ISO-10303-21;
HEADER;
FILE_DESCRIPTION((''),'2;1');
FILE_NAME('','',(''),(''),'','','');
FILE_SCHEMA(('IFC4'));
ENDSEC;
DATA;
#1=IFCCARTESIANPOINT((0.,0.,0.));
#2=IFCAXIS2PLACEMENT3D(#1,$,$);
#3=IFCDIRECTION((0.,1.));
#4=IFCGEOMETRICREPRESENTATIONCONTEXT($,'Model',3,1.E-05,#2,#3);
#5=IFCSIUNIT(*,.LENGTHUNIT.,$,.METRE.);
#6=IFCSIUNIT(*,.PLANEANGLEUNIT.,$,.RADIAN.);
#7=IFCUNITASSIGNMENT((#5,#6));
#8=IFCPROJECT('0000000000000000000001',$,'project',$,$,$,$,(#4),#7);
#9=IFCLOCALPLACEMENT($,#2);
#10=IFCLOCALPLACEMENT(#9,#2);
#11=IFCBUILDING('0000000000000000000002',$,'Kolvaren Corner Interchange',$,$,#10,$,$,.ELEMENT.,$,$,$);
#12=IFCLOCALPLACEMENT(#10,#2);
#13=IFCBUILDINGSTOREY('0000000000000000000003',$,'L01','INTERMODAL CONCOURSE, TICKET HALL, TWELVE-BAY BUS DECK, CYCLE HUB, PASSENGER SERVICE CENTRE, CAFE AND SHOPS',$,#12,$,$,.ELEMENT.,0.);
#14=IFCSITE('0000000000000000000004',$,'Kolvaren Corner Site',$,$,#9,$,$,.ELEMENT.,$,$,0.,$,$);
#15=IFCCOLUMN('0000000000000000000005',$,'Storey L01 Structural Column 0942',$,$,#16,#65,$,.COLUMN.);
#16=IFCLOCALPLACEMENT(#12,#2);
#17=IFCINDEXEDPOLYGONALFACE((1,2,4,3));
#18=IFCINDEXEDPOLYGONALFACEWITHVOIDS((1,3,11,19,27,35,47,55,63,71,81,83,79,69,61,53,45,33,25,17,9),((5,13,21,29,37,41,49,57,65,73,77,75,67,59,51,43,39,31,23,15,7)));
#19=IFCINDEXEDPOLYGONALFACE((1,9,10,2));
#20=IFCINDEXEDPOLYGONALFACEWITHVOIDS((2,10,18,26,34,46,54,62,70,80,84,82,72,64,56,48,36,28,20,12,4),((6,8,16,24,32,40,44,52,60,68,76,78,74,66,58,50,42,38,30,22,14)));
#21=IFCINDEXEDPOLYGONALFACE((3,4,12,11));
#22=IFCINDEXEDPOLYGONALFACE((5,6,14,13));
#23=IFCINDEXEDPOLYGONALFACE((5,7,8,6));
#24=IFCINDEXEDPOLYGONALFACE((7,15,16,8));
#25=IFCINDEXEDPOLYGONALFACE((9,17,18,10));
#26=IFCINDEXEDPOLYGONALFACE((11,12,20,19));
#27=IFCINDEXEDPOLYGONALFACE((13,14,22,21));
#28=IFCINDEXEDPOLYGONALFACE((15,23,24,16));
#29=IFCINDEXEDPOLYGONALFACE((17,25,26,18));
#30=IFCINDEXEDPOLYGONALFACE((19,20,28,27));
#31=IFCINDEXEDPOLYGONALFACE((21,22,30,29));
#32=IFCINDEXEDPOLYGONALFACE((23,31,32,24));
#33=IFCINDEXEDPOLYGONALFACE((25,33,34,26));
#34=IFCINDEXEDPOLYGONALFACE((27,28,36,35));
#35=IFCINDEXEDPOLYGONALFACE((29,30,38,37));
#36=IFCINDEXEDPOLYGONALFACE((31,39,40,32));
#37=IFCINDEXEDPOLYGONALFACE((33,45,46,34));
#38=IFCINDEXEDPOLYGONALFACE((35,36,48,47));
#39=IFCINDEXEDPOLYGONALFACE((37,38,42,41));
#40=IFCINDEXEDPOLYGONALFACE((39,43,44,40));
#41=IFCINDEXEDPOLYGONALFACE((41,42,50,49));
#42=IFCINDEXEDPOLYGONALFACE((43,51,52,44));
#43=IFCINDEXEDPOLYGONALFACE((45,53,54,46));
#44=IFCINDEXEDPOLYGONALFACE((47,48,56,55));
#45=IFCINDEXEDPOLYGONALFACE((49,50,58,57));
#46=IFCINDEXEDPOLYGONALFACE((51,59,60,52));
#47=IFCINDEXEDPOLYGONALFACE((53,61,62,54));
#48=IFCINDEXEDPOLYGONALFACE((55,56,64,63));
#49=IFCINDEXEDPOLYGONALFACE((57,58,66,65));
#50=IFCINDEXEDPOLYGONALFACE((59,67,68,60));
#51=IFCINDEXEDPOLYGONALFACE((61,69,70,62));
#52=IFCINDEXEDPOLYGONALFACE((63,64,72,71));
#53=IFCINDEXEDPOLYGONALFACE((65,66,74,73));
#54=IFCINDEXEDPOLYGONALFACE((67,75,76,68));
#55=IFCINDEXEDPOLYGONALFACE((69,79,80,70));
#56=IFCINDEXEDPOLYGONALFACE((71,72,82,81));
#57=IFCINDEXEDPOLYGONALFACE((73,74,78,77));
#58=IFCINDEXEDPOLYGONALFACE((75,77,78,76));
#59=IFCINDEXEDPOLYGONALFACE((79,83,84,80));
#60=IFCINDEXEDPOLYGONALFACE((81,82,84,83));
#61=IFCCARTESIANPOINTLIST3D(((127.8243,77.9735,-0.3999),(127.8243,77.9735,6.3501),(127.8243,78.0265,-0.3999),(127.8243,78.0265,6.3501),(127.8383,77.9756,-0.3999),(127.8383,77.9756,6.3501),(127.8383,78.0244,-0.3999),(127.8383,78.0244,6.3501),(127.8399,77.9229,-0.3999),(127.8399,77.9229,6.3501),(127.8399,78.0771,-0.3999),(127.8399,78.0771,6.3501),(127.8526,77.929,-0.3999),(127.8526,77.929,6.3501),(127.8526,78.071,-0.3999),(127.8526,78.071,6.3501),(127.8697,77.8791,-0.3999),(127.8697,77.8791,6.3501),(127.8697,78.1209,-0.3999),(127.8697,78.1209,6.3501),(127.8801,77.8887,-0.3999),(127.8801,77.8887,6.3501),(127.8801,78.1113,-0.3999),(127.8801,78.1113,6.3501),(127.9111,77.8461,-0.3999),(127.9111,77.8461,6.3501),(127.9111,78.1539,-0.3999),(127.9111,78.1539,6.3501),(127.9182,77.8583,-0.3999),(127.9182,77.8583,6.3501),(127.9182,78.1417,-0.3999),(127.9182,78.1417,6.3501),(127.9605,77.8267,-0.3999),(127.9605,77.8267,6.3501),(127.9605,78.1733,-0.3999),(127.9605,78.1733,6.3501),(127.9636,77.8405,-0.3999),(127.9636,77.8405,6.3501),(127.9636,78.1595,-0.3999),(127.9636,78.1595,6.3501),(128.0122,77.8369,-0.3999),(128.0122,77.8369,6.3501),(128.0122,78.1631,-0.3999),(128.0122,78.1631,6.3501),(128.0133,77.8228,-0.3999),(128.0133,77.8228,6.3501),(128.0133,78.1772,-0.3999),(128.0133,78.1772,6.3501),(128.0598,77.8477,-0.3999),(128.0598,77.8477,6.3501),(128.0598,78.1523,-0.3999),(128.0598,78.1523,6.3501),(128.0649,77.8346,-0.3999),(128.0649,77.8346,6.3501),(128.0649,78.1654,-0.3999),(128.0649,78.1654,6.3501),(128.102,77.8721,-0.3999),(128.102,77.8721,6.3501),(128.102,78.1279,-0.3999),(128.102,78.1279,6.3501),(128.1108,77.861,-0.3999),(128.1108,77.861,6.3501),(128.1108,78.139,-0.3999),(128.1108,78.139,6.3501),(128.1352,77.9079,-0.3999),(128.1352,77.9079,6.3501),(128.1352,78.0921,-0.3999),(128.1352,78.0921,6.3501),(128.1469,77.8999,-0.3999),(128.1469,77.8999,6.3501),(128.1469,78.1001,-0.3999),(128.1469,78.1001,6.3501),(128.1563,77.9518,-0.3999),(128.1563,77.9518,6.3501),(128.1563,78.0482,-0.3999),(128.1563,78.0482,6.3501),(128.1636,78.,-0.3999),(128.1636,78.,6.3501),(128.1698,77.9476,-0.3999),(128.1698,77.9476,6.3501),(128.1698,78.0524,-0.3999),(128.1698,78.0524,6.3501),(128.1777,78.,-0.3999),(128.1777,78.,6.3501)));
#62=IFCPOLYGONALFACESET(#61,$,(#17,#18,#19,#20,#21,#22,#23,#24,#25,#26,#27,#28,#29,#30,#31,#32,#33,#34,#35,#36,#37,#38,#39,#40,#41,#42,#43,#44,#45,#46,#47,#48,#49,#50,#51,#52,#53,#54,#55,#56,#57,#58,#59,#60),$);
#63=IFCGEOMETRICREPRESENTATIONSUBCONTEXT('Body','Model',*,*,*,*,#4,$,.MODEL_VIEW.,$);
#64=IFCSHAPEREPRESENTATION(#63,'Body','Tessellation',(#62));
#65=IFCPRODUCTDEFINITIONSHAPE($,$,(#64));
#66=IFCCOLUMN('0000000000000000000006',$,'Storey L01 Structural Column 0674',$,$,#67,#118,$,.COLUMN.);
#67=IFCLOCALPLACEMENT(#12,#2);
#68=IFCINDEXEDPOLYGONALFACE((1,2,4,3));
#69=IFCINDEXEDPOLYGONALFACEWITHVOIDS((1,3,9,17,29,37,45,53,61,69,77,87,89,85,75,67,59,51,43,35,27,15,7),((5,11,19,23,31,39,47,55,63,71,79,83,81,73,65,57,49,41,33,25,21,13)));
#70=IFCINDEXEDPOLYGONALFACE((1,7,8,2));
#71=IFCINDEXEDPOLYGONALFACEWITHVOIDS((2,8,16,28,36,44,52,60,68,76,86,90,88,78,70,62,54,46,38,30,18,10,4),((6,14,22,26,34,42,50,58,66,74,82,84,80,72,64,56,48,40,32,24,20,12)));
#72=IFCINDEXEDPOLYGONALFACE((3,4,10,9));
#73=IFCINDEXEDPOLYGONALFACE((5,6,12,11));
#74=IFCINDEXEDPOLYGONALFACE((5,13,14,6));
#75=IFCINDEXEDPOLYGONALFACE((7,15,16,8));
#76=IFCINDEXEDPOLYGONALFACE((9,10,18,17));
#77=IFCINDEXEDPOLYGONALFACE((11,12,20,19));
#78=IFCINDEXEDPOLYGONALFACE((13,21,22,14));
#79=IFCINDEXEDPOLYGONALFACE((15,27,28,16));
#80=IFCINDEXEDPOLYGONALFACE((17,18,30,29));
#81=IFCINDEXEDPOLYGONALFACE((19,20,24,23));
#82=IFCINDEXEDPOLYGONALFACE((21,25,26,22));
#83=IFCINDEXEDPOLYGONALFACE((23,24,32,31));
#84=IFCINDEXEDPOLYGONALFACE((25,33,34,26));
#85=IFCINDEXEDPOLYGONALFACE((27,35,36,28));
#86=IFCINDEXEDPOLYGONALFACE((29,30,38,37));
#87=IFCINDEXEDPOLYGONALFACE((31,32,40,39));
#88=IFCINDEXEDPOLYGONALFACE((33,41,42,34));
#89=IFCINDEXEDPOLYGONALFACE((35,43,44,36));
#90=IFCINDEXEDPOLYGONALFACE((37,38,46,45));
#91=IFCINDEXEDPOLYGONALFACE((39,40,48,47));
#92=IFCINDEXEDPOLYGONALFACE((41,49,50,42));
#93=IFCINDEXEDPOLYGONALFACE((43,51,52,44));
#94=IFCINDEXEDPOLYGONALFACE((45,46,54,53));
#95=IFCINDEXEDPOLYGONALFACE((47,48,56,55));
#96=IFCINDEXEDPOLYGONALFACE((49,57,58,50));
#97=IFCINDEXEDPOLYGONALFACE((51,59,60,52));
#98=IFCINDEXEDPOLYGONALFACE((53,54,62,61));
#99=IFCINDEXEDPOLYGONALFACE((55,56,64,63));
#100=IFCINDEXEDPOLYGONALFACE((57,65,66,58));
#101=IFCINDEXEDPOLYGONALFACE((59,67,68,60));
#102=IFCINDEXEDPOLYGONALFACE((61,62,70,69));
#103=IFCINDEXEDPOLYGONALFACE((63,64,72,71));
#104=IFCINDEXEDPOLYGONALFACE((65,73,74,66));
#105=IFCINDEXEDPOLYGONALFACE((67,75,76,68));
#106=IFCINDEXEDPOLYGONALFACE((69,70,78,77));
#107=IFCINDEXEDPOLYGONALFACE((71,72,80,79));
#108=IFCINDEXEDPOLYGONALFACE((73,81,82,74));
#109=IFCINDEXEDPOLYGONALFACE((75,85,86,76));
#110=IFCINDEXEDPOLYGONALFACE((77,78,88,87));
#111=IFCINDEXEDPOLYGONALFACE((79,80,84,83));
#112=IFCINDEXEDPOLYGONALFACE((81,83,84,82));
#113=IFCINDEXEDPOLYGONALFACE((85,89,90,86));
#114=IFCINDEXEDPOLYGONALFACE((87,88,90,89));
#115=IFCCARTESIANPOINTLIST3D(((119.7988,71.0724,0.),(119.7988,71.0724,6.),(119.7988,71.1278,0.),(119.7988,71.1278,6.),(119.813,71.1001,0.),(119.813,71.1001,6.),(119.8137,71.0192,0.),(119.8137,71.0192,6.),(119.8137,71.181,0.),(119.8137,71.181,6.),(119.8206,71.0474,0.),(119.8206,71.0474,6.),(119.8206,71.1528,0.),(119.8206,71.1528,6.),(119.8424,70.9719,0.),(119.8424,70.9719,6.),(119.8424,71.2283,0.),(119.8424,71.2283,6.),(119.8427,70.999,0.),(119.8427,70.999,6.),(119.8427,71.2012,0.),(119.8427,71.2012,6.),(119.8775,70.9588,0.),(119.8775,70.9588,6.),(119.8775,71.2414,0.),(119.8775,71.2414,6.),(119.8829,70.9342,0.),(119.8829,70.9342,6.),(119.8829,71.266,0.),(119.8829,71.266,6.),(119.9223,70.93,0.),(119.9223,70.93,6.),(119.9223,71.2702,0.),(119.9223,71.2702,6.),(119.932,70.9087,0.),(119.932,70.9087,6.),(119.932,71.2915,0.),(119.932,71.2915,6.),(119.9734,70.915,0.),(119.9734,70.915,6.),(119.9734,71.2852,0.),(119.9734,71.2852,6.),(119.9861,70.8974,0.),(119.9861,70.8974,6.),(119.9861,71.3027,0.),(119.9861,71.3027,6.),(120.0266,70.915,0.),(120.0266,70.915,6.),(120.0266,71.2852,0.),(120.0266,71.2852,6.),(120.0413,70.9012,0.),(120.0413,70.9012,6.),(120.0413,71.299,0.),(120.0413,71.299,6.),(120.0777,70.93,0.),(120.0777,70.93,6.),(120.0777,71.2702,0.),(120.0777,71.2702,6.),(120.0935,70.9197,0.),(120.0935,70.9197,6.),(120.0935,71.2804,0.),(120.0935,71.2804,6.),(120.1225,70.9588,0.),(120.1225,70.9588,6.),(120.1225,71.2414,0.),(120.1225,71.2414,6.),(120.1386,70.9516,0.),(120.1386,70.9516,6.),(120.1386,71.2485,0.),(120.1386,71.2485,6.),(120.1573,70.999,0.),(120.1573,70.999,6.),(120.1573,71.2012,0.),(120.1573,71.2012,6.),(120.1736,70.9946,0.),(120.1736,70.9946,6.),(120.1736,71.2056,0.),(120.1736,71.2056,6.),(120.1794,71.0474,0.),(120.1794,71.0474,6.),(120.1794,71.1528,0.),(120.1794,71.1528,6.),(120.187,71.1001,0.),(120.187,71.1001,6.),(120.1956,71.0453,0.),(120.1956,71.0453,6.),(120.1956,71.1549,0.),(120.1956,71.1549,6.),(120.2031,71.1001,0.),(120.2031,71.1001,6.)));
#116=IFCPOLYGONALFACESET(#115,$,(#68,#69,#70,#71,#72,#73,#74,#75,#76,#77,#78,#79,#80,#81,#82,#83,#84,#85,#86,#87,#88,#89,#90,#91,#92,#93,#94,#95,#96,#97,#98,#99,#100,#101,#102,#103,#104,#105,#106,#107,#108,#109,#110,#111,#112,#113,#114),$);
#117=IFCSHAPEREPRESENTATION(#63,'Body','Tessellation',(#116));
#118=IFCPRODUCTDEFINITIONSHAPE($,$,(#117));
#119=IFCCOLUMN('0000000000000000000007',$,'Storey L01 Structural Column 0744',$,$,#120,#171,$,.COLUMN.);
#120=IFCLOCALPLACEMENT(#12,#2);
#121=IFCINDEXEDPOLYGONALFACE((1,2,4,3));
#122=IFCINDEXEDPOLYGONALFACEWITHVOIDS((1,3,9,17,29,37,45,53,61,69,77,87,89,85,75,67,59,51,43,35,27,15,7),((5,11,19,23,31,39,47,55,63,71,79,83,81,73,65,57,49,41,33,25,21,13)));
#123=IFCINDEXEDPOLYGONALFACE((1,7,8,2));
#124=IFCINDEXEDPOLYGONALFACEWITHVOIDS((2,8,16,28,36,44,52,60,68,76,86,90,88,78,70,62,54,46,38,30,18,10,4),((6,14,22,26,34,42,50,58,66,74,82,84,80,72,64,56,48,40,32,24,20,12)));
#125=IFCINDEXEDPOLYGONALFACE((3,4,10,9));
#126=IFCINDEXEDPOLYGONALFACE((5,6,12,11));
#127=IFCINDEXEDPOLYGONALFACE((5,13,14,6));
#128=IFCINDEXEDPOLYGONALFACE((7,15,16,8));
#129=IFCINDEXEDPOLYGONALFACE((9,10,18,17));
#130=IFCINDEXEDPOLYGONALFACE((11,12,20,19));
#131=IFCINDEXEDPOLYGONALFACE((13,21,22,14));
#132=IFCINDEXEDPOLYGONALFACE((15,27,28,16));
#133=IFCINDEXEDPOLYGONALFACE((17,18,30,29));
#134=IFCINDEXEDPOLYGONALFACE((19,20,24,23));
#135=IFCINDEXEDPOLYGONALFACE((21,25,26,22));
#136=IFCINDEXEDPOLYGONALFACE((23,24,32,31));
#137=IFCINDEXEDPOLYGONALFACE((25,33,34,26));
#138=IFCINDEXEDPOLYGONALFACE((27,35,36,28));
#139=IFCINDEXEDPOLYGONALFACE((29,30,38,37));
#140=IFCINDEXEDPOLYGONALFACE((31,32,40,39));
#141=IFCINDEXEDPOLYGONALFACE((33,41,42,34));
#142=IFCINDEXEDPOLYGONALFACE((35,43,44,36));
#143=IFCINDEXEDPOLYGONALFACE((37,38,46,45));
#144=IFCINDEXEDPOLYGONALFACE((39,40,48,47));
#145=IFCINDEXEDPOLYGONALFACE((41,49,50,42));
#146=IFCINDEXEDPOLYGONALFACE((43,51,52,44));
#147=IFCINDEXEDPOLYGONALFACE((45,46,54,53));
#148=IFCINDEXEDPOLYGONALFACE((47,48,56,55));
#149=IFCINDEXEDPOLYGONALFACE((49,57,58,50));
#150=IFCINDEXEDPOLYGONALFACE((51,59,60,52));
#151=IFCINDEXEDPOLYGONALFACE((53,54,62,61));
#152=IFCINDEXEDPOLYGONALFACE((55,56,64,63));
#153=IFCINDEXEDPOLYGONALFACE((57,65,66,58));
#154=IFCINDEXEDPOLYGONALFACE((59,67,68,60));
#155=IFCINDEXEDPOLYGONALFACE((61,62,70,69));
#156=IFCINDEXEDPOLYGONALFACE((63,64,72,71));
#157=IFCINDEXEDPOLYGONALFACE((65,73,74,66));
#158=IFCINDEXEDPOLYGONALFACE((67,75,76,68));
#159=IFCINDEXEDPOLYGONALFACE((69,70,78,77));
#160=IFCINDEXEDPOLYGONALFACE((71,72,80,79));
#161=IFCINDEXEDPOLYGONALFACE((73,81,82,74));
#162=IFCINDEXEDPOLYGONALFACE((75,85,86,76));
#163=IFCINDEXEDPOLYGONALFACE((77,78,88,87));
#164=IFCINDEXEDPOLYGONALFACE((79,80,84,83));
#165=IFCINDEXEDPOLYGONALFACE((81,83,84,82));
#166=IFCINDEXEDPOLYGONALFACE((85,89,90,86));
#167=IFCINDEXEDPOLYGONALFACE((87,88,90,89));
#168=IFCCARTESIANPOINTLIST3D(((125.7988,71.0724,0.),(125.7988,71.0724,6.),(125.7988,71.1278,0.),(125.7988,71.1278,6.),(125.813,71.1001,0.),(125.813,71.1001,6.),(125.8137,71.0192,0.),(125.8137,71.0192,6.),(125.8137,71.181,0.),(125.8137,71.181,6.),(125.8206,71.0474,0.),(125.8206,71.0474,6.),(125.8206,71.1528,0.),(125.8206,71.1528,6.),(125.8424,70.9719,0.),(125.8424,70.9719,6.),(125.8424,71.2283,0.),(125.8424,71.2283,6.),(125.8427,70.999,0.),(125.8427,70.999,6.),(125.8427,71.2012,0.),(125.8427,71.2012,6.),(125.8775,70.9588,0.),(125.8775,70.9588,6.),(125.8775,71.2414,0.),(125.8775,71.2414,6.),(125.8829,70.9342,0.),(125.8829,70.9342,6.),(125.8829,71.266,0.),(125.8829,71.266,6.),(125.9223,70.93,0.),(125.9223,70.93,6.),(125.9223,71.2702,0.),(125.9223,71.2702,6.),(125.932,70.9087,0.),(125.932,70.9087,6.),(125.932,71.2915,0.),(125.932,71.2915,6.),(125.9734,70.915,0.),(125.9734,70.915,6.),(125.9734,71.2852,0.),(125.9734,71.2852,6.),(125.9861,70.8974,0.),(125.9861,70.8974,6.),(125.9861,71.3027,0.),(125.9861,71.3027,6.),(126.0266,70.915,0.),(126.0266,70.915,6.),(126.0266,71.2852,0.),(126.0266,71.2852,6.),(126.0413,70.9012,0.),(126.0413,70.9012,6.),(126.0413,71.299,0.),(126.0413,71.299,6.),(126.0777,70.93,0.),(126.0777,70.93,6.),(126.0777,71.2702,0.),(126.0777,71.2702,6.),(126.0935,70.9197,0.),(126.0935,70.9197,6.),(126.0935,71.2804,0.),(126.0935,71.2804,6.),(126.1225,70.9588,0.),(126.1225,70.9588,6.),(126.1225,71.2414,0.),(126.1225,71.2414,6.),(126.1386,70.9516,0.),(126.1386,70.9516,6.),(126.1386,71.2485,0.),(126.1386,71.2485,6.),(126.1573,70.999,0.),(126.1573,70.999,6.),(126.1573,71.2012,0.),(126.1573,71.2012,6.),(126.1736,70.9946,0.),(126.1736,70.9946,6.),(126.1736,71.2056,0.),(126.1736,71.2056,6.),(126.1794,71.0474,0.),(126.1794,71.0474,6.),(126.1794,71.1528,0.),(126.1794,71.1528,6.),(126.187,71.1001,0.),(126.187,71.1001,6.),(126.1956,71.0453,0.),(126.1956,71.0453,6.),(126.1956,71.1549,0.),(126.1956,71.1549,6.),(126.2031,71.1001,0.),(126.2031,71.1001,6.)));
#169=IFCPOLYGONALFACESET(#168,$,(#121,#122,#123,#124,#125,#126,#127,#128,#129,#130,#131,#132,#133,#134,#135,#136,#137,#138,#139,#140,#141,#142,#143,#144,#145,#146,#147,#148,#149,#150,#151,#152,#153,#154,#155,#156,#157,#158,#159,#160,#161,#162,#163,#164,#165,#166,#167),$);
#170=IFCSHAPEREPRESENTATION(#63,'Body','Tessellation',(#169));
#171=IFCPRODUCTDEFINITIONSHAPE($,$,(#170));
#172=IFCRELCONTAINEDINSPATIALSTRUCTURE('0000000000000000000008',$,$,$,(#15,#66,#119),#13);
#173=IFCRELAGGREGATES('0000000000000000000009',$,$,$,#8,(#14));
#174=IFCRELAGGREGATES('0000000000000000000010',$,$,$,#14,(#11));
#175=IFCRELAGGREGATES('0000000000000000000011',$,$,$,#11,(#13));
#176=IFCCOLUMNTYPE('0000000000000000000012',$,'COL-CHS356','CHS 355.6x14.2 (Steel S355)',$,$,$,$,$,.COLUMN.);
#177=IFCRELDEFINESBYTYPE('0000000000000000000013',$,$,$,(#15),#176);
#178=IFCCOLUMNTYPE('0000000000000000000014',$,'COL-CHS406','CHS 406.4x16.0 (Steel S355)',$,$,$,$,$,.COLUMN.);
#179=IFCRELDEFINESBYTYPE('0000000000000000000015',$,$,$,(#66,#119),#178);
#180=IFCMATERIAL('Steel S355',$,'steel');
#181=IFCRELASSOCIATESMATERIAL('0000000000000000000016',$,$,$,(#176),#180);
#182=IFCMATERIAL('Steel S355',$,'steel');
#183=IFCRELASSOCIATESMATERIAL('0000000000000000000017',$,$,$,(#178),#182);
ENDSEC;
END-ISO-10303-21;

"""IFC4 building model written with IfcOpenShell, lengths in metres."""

from ifc_helpers import new_model, si_unit, direction, frame, origin, origin_2d, place, context, subcontext, project, spatial, hollow_circle, extrude, material, material_profile, profile_set, type_object, element, save


model = new_model("IFC4")

# Units and contexts
model_context = context("Model", 3, precision=1e-05, world=origin(), true_north=direction((0.0, 1.0)))
body_context = subcontext(model_context, "Body", "Model", "MODEL_VIEW")
ifc_project = project(units=[si_unit("LENGTHUNIT", "METRE"), si_unit("PLANEANGLEUNIT", "RADIAN")], contexts=[model_context])

# Site, building, storey
site_placement = place(None, origin())
site = spatial("IfcSite", under=ifc_project, at=site_placement, Name="Kolvaren Corner Site", CompositionType="ELEMENT", RefElevation=0.0)
building_placement = place(site_placement, origin())
building = spatial("IfcBuilding", under=site, at=building_placement, Name="Kolvaren Corner Interchange", CompositionType="ELEMENT")
storey_placement = place(building_placement, origin())
storey = spatial("IfcBuildingStorey", under=building, at=storey_placement, Name="L01", Description="INTERMODAL CONCOURSE, TICKET HALL, TWELVE-BAY BUS DECK, CYCLE HUB, PASSENGER SERVICE CENTRE, CAFE AND SHOPS", CompositionType="ELEMENT", Elevation=0.0)

# Columns
ifc_material_1 = material(Name="Steel S355", Category="steel")
ifc_material_profile_1 = material_profile(ifc_material_1, hollow_circle(Radius=0.1777, WallThickness=0.0142, at=origin_2d()), Name="CHS 355.6x14.2")
ifc_profile_set_1 = profile_set([ifc_material_profile_1], Name="Steel S355")
column_type_1 = type_object("IfcColumnType", Name="COL-CHS356", Description="CHS 355.6x14.2 (Steel S355)", PredefinedType="COLUMN", material=ifc_profile_set_1)
column_placement = place(storey_placement, frame((128.0, 78.0, -0.3999), z_axis=(0.0, 0.0, 1.0), x_axis=(1.0, 0.0, 0.0)))
element("IfcColumn", 1, at=column_placement, inside=storey, type_object=column_type_1, Name="Storey L01 Structural Column 0942", PredefinedType="COLUMN", context=body_context, shape_type="SweptSolid", body=[
    extrude(hollow_circle(Radius=0.1777, WallThickness=0.0142, at=origin_2d()), origin(), (0.0, 0.0, 1.0), 6.75),
])
ifc_material_2 = material(Name="Steel S355", Category="steel")
ifc_material_profile_2 = material_profile(ifc_material_2, hollow_circle(Radius=0.2031, WallThickness=0.0161, at=origin_2d()), Name="CHS 406.4x16.0")
ifc_profile_set_2 = profile_set([ifc_material_profile_2], Name="Steel S355")
column_type_2 = type_object("IfcColumnType", Name="COL-CHS406", Description="CHS 406.4x16.0 (Steel S355)", PredefinedType="COLUMN", material=ifc_profile_set_2)
for number, where, z_axis, x_axis, name in (
    (2, (120.0, 71.1001, 0.0), (0.0, 0.0, 1.0), (1.0, 0.0, 0.0), "Storey L01 Structural Column 0674"),
    (3, (126.0, 71.1001, 0.0), (0.0, 0.0, 1.0), (1.0, 0.0, 0.0), "Storey L01 Structural Column 0744"),
):
    element("IfcColumn", number, at=place(storey_placement, frame(where, z_axis=z_axis, x_axis=x_axis)), inside=storey, type_object=column_type_2, Name=name, PredefinedType="COLUMN", context=body_context, shape_type="SweptSolid", body=[
        extrude(hollow_circle(Radius=0.2031, WallThickness=0.0161, at=origin_2d()), origin(), (0.0, 0.0, 1.0), 6.0),
    ])

save(model, "model.ifc")
